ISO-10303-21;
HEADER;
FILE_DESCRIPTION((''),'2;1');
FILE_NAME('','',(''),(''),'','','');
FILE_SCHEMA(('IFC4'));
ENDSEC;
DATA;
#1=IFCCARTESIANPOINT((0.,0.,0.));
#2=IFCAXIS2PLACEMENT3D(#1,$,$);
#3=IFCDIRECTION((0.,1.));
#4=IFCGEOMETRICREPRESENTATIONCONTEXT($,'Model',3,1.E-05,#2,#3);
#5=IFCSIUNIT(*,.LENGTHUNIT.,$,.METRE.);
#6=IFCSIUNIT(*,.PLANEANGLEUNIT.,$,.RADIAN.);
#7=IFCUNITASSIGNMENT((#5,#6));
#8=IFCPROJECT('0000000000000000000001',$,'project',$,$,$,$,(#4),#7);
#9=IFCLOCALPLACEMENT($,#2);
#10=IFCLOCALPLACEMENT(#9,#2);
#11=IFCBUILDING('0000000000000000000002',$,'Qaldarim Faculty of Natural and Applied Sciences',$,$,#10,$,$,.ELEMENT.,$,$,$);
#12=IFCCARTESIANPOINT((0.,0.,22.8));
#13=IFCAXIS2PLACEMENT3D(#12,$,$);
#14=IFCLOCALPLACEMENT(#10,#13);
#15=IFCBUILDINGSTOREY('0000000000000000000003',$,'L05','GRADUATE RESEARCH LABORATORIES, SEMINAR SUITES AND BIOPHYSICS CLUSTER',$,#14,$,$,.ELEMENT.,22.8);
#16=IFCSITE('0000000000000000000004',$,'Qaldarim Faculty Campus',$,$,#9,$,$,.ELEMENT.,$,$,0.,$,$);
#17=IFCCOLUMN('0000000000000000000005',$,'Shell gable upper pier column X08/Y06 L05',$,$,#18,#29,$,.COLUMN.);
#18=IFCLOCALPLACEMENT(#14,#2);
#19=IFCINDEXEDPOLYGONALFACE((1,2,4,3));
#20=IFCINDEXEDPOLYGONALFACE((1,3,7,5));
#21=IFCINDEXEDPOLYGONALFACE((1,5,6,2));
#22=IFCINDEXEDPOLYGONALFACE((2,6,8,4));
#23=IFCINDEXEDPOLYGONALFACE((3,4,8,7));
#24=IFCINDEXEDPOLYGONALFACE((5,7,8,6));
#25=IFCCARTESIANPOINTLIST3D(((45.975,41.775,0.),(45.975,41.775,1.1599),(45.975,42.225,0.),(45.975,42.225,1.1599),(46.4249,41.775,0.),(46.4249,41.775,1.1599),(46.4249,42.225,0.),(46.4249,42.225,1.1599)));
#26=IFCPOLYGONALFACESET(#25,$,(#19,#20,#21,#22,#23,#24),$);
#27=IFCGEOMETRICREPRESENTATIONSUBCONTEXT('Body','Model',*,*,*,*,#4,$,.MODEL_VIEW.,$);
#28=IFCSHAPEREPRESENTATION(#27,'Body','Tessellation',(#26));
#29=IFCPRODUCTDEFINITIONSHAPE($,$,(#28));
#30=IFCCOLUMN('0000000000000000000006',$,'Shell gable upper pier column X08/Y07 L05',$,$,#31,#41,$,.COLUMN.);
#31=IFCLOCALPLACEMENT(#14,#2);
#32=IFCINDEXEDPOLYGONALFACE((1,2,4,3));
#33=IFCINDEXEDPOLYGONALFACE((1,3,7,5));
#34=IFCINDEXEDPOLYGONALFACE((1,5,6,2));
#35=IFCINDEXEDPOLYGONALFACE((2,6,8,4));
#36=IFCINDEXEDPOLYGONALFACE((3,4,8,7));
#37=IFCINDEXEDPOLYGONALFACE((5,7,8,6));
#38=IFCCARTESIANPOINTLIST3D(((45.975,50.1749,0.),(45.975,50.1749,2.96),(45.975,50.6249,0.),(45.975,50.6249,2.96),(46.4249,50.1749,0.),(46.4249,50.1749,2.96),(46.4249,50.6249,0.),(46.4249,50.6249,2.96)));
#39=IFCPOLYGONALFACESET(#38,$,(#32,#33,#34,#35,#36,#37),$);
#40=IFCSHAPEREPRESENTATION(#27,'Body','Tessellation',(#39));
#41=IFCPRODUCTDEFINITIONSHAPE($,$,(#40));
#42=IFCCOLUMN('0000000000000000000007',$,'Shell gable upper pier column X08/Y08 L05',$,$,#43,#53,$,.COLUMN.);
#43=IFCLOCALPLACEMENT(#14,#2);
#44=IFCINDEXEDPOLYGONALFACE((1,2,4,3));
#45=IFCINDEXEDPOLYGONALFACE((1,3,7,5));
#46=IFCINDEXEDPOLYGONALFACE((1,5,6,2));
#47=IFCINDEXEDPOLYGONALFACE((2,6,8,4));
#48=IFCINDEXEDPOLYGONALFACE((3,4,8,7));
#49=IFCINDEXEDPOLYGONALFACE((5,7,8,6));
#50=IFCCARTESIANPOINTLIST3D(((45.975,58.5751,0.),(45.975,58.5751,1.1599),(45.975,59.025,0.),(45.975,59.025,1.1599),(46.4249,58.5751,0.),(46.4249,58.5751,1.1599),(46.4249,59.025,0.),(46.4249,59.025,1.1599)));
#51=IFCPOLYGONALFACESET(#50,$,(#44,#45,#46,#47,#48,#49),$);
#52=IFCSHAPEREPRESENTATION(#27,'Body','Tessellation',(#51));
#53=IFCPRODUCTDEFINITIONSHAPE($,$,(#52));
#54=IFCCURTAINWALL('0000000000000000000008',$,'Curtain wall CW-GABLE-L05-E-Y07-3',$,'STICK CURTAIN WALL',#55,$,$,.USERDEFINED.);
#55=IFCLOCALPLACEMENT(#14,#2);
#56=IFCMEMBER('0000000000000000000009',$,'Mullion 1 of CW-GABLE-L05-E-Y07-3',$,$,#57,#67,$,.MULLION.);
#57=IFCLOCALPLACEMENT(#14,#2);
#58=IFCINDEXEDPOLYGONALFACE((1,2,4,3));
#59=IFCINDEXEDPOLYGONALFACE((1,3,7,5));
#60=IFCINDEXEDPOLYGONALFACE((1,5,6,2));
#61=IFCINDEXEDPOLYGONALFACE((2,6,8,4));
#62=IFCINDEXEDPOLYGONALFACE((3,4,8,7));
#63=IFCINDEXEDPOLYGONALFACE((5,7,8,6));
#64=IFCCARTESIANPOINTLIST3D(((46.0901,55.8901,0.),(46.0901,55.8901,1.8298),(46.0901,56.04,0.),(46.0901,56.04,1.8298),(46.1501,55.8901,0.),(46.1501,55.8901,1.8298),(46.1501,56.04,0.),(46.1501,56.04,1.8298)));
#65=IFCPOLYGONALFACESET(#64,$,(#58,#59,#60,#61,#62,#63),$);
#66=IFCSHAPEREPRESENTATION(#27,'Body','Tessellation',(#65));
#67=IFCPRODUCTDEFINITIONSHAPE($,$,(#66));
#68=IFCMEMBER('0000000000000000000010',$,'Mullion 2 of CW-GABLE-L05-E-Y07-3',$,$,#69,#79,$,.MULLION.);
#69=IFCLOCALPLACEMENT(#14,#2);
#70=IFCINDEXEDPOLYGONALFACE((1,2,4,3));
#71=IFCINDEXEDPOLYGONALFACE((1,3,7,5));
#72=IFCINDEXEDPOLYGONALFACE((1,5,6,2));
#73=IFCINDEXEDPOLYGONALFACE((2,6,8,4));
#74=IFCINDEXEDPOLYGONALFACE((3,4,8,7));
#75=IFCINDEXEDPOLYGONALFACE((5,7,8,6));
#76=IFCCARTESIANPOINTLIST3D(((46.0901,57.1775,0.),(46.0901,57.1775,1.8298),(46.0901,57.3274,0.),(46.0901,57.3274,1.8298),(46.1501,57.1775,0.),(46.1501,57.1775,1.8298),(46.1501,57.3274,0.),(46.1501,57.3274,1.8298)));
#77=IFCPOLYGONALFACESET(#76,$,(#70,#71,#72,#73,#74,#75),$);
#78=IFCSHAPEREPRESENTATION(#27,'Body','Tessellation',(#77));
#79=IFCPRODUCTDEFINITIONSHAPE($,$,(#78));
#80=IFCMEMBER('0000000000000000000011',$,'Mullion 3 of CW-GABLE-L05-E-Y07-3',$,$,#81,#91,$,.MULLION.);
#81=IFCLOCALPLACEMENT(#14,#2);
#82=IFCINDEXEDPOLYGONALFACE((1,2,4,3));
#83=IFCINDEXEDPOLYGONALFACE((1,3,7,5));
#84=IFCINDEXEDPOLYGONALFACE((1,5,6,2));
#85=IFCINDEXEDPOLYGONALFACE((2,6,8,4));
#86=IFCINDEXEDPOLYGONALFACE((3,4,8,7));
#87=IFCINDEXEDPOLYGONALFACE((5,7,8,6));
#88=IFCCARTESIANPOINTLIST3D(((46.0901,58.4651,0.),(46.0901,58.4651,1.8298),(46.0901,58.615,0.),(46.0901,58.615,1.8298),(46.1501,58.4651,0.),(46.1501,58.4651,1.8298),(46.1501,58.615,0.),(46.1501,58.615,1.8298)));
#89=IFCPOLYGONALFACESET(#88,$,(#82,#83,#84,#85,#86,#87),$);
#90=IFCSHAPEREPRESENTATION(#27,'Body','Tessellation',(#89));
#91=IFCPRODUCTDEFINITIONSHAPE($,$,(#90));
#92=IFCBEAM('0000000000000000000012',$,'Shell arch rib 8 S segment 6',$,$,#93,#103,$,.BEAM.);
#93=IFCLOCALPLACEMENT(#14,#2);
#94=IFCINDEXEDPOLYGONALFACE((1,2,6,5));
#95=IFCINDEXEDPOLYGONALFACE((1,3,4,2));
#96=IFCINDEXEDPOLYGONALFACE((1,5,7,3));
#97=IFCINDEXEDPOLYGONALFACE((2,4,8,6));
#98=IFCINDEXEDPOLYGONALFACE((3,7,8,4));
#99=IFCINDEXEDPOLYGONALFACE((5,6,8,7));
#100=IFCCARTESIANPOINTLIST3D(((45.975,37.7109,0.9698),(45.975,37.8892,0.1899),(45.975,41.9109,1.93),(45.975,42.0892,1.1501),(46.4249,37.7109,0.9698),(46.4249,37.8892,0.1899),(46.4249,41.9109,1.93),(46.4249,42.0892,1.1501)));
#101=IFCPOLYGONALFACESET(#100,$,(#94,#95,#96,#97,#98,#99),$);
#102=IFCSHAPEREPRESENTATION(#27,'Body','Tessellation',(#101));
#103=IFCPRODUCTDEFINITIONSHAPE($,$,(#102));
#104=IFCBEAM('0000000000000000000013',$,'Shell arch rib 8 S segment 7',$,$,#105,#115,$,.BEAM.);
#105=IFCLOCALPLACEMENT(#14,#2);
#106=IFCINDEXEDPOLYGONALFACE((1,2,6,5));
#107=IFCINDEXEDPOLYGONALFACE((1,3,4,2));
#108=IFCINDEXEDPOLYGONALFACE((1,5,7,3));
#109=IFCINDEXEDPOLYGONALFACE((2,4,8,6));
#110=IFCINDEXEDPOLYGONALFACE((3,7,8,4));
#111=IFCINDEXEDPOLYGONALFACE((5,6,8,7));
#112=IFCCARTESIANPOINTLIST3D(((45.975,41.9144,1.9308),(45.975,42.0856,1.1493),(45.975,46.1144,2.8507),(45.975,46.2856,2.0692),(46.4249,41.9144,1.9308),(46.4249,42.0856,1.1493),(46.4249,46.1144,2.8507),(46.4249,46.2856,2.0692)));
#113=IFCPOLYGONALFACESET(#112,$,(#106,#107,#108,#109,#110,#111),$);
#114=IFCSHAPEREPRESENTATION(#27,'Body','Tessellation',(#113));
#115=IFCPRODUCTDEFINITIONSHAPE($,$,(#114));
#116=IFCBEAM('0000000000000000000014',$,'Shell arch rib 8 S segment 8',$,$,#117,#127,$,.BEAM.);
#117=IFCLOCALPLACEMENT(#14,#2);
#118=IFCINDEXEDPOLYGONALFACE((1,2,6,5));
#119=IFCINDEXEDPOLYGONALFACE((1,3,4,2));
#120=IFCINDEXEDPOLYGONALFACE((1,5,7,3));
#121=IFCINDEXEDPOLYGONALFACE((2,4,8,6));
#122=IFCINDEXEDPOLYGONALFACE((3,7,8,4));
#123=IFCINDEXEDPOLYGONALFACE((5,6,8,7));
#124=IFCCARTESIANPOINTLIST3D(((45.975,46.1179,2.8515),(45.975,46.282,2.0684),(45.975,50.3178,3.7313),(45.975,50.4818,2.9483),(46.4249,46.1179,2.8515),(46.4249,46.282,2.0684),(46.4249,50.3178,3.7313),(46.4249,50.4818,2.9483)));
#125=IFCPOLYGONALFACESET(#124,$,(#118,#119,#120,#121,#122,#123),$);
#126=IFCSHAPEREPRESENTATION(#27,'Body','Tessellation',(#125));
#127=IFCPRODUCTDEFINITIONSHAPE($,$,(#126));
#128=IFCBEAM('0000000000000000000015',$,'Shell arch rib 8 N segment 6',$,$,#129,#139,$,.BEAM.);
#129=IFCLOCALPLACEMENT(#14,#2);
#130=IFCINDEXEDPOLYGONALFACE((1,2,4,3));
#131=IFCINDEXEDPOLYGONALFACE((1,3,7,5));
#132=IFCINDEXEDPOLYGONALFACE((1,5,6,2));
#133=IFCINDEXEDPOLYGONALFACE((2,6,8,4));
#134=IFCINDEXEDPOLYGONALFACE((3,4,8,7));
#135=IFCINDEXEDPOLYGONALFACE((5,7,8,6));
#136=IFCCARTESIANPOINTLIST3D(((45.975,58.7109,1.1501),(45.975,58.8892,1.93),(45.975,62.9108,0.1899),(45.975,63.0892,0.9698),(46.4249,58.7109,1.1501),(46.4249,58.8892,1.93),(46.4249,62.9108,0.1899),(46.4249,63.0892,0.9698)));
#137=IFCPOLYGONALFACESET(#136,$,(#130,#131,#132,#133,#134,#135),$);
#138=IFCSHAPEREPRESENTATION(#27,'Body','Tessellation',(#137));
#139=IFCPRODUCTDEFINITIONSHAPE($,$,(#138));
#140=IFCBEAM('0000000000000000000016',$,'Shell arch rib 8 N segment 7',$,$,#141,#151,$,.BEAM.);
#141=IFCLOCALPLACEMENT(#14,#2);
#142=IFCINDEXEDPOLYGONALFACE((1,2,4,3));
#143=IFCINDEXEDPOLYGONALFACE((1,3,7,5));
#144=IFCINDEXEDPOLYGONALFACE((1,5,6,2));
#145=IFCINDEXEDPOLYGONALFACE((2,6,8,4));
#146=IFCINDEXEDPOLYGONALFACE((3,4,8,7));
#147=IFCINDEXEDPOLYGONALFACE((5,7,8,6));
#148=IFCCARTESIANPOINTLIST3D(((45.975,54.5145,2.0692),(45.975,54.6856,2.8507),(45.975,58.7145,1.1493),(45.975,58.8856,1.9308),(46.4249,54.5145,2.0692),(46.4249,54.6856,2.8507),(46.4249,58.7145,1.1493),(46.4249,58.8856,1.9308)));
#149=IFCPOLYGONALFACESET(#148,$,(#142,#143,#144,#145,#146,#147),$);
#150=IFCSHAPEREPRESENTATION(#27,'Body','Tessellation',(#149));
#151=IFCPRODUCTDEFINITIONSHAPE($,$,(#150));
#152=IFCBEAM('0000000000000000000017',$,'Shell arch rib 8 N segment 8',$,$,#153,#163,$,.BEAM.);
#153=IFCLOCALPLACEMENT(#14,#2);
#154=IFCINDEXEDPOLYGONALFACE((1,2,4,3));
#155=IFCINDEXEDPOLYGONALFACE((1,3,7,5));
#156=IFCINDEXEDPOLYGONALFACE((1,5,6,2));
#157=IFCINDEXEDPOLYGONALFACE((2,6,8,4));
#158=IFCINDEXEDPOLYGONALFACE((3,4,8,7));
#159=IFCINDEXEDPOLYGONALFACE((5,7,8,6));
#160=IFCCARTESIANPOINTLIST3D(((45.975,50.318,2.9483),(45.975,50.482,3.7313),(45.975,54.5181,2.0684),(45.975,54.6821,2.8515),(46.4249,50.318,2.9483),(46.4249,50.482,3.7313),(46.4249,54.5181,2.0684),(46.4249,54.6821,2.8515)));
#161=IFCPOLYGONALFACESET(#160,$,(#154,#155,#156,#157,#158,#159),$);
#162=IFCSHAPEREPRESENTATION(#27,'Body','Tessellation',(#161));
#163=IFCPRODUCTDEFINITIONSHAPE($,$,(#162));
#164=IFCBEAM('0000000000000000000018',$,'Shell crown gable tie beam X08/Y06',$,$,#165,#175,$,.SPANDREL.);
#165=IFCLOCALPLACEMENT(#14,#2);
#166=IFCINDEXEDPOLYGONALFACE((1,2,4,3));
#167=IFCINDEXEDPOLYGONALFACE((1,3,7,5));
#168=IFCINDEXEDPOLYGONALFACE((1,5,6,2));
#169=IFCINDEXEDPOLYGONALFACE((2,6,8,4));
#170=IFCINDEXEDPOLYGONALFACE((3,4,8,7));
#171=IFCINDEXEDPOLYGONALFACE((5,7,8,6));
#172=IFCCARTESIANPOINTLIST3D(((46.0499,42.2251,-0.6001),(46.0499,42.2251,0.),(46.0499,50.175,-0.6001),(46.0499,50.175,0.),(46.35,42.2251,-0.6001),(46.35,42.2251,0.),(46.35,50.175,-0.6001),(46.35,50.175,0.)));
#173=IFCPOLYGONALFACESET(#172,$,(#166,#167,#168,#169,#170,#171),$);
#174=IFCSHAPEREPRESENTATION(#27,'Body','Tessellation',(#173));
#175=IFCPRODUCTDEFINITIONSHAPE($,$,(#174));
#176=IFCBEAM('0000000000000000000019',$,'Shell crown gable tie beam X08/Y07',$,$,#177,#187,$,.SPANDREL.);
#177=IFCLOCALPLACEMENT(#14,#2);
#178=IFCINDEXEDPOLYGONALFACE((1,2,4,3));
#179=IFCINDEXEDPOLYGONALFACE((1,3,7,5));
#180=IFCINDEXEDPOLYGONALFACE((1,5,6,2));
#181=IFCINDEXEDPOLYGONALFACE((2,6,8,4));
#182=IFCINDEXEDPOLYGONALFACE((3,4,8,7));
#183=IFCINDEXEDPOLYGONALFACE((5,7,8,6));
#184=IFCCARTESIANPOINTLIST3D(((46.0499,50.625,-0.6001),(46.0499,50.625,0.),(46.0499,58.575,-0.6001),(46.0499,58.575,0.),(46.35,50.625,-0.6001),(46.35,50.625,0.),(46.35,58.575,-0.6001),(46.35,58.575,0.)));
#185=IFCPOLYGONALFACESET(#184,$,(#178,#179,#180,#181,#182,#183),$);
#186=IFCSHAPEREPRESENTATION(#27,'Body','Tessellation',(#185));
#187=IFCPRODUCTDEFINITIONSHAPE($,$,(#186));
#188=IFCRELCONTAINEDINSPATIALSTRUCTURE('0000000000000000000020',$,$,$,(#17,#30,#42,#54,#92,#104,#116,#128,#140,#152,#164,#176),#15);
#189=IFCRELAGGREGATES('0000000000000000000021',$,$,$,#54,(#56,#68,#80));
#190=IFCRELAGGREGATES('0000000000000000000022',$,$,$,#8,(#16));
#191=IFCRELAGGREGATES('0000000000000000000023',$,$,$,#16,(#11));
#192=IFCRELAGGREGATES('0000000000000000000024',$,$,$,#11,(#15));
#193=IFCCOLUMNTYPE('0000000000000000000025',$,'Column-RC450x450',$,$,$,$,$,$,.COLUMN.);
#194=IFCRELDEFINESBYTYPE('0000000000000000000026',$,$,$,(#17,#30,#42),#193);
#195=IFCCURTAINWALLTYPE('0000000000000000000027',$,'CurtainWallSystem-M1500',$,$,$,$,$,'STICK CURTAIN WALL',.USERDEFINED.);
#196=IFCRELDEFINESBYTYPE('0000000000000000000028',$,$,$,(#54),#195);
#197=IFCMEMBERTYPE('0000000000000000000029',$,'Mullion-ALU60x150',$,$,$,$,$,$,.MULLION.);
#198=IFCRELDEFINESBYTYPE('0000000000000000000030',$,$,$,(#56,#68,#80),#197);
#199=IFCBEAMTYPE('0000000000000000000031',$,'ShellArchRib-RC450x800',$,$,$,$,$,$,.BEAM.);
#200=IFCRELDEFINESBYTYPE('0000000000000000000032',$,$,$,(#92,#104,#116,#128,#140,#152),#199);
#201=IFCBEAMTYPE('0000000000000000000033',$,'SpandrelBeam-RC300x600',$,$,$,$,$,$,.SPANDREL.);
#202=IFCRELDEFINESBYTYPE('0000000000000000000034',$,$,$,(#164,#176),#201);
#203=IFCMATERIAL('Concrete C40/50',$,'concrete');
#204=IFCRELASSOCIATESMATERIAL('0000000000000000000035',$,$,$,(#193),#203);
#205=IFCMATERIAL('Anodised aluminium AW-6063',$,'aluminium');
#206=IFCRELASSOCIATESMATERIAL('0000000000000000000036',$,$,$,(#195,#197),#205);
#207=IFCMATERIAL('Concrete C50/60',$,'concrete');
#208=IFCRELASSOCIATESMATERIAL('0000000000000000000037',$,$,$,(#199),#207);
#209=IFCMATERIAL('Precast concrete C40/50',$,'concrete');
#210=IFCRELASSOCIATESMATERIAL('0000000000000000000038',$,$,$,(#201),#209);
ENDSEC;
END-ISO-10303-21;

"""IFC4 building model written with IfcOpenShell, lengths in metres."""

from ifc_helpers import new_model, si_unit, direction, frame, origin, origin_2d, place, context, subcontext, project, spatial, rectangle, extrude, material, material_profile, profile_set, type_object, element, aggregate, save


model = new_model("IFC4")

# Units and contexts
model_context = context("Model", 3, precision=1e-05, world=origin(), true_north=direction((0.0, 1.0)))
body_context = subcontext(model_context, "Body", "Model", "MODEL_VIEW")
ifc_project = project(units=[si_unit("LENGTHUNIT", "METRE"), si_unit("PLANEANGLEUNIT", "RADIAN")], contexts=[model_context])

# Site, building, storey
site_placement = place(None, origin())
site = spatial("IfcSite", under=ifc_project, at=site_placement, Name="Qaldarim Faculty Campus", CompositionType="ELEMENT", RefElevation=0.0)
building_placement = place(site_placement, origin())
building = spatial("IfcBuilding", under=site, at=building_placement, Name="Qaldarim Faculty of Natural and Applied Sciences", CompositionType="ELEMENT")
storey_placement = place(building_placement, frame((0.0, 0.0, 22.8)))
storey = spatial("IfcBuildingStorey", under=building, at=storey_placement, Name="L05", Description="GRADUATE RESEARCH LABORATORIES, SEMINAR SUITES AND BIOPHYSICS CLUSTER", CompositionType="ELEMENT", Elevation=22.8)

# Columns
ifc_material_1 = material(Name="Concrete C40/50", Category="concrete")
ifc_material_profile_1 = material_profile(ifc_material_1, rectangle(XDim=0.45, YDim=0.45, at=origin_2d()), Name="RC-C450x450")
ifc_profile_set_1 = profile_set([ifc_material_profile_1], Name="Concrete C40/50")
column_type = type_object("IfcColumnType", Name="Column-RC450x450", PredefinedType="COLUMN", material=ifc_profile_set_1)
column_1_placement = place(storey_placement, frame((46.2, 42.0, 0.0), z_axis=(0.0, 0.0, 1.0), x_axis=(1.0, 0.0, 0.0)))
element("IfcColumn", 1, at=column_1_placement, inside=storey, type_object=column_type, Name="Shell gable upper pier column X08/Y06 L05", PredefinedType="COLUMN", context=body_context, shape_type="SweptSolid", body=[
    extrude(rectangle(XDim=0.45, YDim=0.45, at=origin_2d()), origin(), (0.0, 0.0, 1.0), 1.1599),
])
column_2_placement = place(storey_placement, frame((46.2, 50.3999, 0.0), z_axis=(0.0, 0.0, 1.0), x_axis=(1.0, 0.0, 0.0)))
element("IfcColumn", 2, at=column_2_placement, inside=storey, type_object=column_type, Name="Shell gable upper pier column X08/Y07 L05", PredefinedType="COLUMN", context=body_context, shape_type="SweptSolid", body=[
    extrude(rectangle(XDim=0.45, YDim=0.45, at=origin_2d()), origin(), (0.0, 0.0, 1.0), 2.96),
])
column_3_placement = place(storey_placement, frame((46.2, 58.8, 0.0), z_axis=(0.0, 0.0, 1.0), x_axis=(1.0, 0.0, 0.0)))
element("IfcColumn", 3, at=column_3_placement, inside=storey, type_object=column_type, Name="Shell gable upper pier column X08/Y08 L05", PredefinedType="COLUMN", context=body_context, shape_type="SweptSolid", body=[
    extrude(rectangle(XDim=0.45, YDim=0.45, at=origin_2d()), origin(), (0.0, 0.0, 1.0), 1.1599),
])

# Curtain wall, members
ifc_material_2 = material(Name="Anodised aluminium AW-6063", Category="aluminium")
curtain_wall_type = type_object("IfcCurtainWallType", Name="CurtainWallSystem-M1500", ElementType="STICK CURTAIN WALL", PredefinedType="USERDEFINED", material=ifc_material_2)
curtain_wall_placement = place(storey_placement, origin())
curtain_wall = element("IfcCurtainWall", 4, at=curtain_wall_placement, inside=storey, type_object=curtain_wall_type, Name="Curtain wall CW-GABLE-L05-E-Y07-3", ObjectType="STICK CURTAIN WALL", PredefinedType="USERDEFINED")
ifc_material_profile_2 = material_profile(ifc_material_2, rectangle(XDim=0.0601, YDim=0.1499, at=origin_2d()), Name="ALU-M60x150")
ifc_profile_set_2 = profile_set([ifc_material_profile_2], Name="Anodised aluminium AW-6063")
member_type_1 = type_object("IfcMemberType", Name="Mullion-ALU60x150", PredefinedType="MULLION", material=ifc_profile_set_2)
member_1_placement = place(storey_placement, frame((46.1201, 55.9651, 0.0), z_axis=(0.0, 0.0, 1.0), x_axis=(-1.0, 0.0, 0.0)))
member_1 = element("IfcMember", 5, at=member_1_placement, type_object=member_type_1, Name="Mullion 1 of CW-GABLE-L05-E-Y07-3", PredefinedType="MULLION", context=body_context, shape_type="SweptSolid", body=[
    extrude(rectangle(XDim=0.0601, YDim=0.1499, at=origin_2d()), origin(), (0.0, 0.0, 1.0), 1.8298),
])
member_2_placement = place(storey_placement, frame((46.1201, 57.2524, 0.0), z_axis=(0.0, 0.0, 1.0), x_axis=(-1.0, 0.0, 0.0)))
member_2 = element("IfcMember", 6, at=member_2_placement, type_object=member_type_1, Name="Mullion 2 of CW-GABLE-L05-E-Y07-3", PredefinedType="MULLION", context=body_context, shape_type="SweptSolid", body=[
    extrude(rectangle(XDim=0.0601, YDim=0.1499, at=origin_2d()), origin(), (0.0, 0.0, 1.0), 1.8298),
])
member_3_placement = place(storey_placement, frame((46.1201, 58.54, 0.0), z_axis=(0.0, 0.0, 1.0), x_axis=(-1.0, 0.0, 0.0)))
member_3 = element("IfcMember", 7, at=member_3_placement, type_object=member_type_1, Name="Mullion 3 of CW-GABLE-L05-E-Y07-3", PredefinedType="MULLION", context=body_context, shape_type="SweptSolid", body=[
    extrude(rectangle(XDim=0.0601, YDim=0.1499, at=origin_2d()), origin(), (0.0, 0.0, 1.0), 1.8298),
])

# Beams
ifc_material_3 = material(Name="Concrete C50/60", Category="concrete")
ifc_material_profile_3 = material_profile(ifc_material_3, rectangle(XDim=0.45, YDim=0.8, at=origin_2d()), Name="RC-RIB450x800")
ifc_profile_set_3 = profile_set([ifc_material_profile_3], Name="Concrete C50/60")
beam_type_1 = type_object("IfcBeamType", Name="ShellArchRib-RC450x800", PredefinedType="BEAM", material=ifc_profile_set_3)
beam_1_placement = place(storey_placement, frame((46.2, 37.8, 0.5798), z_axis=(0.0, 0.974848, 0.222873), x_axis=(-1.0, 0.0, 0.0)))
element("IfcBeam", 8, at=beam_1_placement, inside=storey, type_object=beam_type_1, Name="Shell arch rib 8 S segment 6", PredefinedType="BEAM", context=body_context, shape_type="SweptSolid", body=[
    extrude(rectangle(XDim=0.45, YDim=0.8, at=origin_2d()), origin(), (0.0, 0.0, 1.0), 4.3083),
])
beam_2_placement = place(storey_placement, frame((46.2, 42.0, 1.54), z_axis=(0.0, 0.976843, 0.213959), x_axis=(-1.0, 0.0, 0.0)))
element("IfcBeam", 9, at=beam_2_placement, inside=storey, type_object=beam_type_1, Name="Shell arch rib 8 S segment 7", PredefinedType="BEAM", context=body_context, shape_type="SweptSolid", body=[
    extrude(rectangle(XDim=0.45, YDim=0.8, at=origin_2d()), origin(), (0.0, 0.0, 1.0), 4.2996),
])
beam_3_placement = place(storey_placement, frame((46.2, 46.2, 2.46), z_axis=(0.0, 0.978752, 0.205047), x_axis=(-1.0, 0.0, 0.0)))
element("IfcBeam", 10, at=beam_3_placement, inside=storey, type_object=beam_type_1, Name="Shell arch rib 8 S segment 8", PredefinedType="BEAM", context=body_context, shape_type="SweptSolid", body=[
    extrude(rectangle(XDim=0.45, YDim=0.8, at=origin_2d()), origin(), (0.0, 0.0, 1.0), 4.291),
])
beam_4_placement = place(storey_placement, frame((46.2, 63.0, 0.5798), z_axis=(0.0, -0.974848, 0.222873), x_axis=(1.0, 0.0, 0.0)))
element("IfcBeam", 11, at=beam_4_placement, inside=storey, type_object=beam_type_1, Name="Shell arch rib 8 N segment 6", PredefinedType="BEAM", context=body_context, shape_type="SweptSolid", body=[
    extrude(rectangle(XDim=0.45, YDim=0.8, at=origin_2d()), origin(), (0.0, 0.0, 1.0), 4.3083),
])
beam_5_placement = place(storey_placement, frame((46.2, 58.8, 1.54), z_axis=(0.0, -0.976843, 0.213959), x_axis=(1.0, 0.0, 0.0)))
element("IfcBeam", 12, at=beam_5_placement, inside=storey, type_object=beam_type_1, Name="Shell arch rib 8 N segment 7", PredefinedType="BEAM", context=body_context, shape_type="SweptSolid", body=[
    extrude(rectangle(XDim=0.45, YDim=0.8, at=origin_2d()), origin(), (0.0, 0.0, 1.0), 4.2996),
])
beam_6_placement = place(storey_placement, frame((46.2, 54.6001, 2.46), z_axis=(0.0, -0.978755, 0.205036), x_axis=(1.0, 0.0, 0.0)))
element("IfcBeam", 13, at=beam_6_placement, inside=storey, type_object=beam_type_1, Name="Shell arch rib 8 N segment 8", PredefinedType="BEAM", context=body_context, shape_type="SweptSolid", body=[
    extrude(rectangle(XDim=0.45, YDim=0.8, at=origin_2d()), origin(), (0.0, 0.0, 1.0), 4.2913),
])
ifc_material_4 = material(Name="Precast concrete C40/50", Category="concrete")
ifc_material_profile_4 = material_profile(ifc_material_4, rectangle(XDim=0.3, YDim=0.6001, at=origin_2d()), Name="RC-SP300x600")
ifc_profile_set_4 = profile_set([ifc_material_profile_4], Name="Precast concrete C40/50")
beam_type_2 = type_object("IfcBeamType", Name="SpandrelBeam-RC300x600", PredefinedType="SPANDREL", material=ifc_profile_set_4)
for number, where, z_axis, x_axis, name in (
    (14, (46.2, 42.2251, -0.3), (0.0, 1.0, 0.0), (-1.0, 0.0, 0.0), "Shell crown gable tie beam X08/Y06"),
    (15, (46.2, 50.625, -0.3), (0.0, 1.0, 0.0), (-1.0, 0.0, 0.0), "Shell crown gable tie beam X08/Y07"),
):
    element("IfcBeam", number, at=place(storey_placement, frame(where, z_axis=z_axis, x_axis=x_axis)), inside=storey, type_object=beam_type_2, Name=name, PredefinedType="SPANDREL", context=body_context, shape_type="SweptSolid", body=[
        extrude(rectangle(XDim=0.3, YDim=0.6001, at=origin_2d()), origin(), (0.0, 0.0, 1.0), 7.95),
    ])

aggregate(curtain_wall, [member_1, member_2, member_3])

save(model, "model.ifc")
